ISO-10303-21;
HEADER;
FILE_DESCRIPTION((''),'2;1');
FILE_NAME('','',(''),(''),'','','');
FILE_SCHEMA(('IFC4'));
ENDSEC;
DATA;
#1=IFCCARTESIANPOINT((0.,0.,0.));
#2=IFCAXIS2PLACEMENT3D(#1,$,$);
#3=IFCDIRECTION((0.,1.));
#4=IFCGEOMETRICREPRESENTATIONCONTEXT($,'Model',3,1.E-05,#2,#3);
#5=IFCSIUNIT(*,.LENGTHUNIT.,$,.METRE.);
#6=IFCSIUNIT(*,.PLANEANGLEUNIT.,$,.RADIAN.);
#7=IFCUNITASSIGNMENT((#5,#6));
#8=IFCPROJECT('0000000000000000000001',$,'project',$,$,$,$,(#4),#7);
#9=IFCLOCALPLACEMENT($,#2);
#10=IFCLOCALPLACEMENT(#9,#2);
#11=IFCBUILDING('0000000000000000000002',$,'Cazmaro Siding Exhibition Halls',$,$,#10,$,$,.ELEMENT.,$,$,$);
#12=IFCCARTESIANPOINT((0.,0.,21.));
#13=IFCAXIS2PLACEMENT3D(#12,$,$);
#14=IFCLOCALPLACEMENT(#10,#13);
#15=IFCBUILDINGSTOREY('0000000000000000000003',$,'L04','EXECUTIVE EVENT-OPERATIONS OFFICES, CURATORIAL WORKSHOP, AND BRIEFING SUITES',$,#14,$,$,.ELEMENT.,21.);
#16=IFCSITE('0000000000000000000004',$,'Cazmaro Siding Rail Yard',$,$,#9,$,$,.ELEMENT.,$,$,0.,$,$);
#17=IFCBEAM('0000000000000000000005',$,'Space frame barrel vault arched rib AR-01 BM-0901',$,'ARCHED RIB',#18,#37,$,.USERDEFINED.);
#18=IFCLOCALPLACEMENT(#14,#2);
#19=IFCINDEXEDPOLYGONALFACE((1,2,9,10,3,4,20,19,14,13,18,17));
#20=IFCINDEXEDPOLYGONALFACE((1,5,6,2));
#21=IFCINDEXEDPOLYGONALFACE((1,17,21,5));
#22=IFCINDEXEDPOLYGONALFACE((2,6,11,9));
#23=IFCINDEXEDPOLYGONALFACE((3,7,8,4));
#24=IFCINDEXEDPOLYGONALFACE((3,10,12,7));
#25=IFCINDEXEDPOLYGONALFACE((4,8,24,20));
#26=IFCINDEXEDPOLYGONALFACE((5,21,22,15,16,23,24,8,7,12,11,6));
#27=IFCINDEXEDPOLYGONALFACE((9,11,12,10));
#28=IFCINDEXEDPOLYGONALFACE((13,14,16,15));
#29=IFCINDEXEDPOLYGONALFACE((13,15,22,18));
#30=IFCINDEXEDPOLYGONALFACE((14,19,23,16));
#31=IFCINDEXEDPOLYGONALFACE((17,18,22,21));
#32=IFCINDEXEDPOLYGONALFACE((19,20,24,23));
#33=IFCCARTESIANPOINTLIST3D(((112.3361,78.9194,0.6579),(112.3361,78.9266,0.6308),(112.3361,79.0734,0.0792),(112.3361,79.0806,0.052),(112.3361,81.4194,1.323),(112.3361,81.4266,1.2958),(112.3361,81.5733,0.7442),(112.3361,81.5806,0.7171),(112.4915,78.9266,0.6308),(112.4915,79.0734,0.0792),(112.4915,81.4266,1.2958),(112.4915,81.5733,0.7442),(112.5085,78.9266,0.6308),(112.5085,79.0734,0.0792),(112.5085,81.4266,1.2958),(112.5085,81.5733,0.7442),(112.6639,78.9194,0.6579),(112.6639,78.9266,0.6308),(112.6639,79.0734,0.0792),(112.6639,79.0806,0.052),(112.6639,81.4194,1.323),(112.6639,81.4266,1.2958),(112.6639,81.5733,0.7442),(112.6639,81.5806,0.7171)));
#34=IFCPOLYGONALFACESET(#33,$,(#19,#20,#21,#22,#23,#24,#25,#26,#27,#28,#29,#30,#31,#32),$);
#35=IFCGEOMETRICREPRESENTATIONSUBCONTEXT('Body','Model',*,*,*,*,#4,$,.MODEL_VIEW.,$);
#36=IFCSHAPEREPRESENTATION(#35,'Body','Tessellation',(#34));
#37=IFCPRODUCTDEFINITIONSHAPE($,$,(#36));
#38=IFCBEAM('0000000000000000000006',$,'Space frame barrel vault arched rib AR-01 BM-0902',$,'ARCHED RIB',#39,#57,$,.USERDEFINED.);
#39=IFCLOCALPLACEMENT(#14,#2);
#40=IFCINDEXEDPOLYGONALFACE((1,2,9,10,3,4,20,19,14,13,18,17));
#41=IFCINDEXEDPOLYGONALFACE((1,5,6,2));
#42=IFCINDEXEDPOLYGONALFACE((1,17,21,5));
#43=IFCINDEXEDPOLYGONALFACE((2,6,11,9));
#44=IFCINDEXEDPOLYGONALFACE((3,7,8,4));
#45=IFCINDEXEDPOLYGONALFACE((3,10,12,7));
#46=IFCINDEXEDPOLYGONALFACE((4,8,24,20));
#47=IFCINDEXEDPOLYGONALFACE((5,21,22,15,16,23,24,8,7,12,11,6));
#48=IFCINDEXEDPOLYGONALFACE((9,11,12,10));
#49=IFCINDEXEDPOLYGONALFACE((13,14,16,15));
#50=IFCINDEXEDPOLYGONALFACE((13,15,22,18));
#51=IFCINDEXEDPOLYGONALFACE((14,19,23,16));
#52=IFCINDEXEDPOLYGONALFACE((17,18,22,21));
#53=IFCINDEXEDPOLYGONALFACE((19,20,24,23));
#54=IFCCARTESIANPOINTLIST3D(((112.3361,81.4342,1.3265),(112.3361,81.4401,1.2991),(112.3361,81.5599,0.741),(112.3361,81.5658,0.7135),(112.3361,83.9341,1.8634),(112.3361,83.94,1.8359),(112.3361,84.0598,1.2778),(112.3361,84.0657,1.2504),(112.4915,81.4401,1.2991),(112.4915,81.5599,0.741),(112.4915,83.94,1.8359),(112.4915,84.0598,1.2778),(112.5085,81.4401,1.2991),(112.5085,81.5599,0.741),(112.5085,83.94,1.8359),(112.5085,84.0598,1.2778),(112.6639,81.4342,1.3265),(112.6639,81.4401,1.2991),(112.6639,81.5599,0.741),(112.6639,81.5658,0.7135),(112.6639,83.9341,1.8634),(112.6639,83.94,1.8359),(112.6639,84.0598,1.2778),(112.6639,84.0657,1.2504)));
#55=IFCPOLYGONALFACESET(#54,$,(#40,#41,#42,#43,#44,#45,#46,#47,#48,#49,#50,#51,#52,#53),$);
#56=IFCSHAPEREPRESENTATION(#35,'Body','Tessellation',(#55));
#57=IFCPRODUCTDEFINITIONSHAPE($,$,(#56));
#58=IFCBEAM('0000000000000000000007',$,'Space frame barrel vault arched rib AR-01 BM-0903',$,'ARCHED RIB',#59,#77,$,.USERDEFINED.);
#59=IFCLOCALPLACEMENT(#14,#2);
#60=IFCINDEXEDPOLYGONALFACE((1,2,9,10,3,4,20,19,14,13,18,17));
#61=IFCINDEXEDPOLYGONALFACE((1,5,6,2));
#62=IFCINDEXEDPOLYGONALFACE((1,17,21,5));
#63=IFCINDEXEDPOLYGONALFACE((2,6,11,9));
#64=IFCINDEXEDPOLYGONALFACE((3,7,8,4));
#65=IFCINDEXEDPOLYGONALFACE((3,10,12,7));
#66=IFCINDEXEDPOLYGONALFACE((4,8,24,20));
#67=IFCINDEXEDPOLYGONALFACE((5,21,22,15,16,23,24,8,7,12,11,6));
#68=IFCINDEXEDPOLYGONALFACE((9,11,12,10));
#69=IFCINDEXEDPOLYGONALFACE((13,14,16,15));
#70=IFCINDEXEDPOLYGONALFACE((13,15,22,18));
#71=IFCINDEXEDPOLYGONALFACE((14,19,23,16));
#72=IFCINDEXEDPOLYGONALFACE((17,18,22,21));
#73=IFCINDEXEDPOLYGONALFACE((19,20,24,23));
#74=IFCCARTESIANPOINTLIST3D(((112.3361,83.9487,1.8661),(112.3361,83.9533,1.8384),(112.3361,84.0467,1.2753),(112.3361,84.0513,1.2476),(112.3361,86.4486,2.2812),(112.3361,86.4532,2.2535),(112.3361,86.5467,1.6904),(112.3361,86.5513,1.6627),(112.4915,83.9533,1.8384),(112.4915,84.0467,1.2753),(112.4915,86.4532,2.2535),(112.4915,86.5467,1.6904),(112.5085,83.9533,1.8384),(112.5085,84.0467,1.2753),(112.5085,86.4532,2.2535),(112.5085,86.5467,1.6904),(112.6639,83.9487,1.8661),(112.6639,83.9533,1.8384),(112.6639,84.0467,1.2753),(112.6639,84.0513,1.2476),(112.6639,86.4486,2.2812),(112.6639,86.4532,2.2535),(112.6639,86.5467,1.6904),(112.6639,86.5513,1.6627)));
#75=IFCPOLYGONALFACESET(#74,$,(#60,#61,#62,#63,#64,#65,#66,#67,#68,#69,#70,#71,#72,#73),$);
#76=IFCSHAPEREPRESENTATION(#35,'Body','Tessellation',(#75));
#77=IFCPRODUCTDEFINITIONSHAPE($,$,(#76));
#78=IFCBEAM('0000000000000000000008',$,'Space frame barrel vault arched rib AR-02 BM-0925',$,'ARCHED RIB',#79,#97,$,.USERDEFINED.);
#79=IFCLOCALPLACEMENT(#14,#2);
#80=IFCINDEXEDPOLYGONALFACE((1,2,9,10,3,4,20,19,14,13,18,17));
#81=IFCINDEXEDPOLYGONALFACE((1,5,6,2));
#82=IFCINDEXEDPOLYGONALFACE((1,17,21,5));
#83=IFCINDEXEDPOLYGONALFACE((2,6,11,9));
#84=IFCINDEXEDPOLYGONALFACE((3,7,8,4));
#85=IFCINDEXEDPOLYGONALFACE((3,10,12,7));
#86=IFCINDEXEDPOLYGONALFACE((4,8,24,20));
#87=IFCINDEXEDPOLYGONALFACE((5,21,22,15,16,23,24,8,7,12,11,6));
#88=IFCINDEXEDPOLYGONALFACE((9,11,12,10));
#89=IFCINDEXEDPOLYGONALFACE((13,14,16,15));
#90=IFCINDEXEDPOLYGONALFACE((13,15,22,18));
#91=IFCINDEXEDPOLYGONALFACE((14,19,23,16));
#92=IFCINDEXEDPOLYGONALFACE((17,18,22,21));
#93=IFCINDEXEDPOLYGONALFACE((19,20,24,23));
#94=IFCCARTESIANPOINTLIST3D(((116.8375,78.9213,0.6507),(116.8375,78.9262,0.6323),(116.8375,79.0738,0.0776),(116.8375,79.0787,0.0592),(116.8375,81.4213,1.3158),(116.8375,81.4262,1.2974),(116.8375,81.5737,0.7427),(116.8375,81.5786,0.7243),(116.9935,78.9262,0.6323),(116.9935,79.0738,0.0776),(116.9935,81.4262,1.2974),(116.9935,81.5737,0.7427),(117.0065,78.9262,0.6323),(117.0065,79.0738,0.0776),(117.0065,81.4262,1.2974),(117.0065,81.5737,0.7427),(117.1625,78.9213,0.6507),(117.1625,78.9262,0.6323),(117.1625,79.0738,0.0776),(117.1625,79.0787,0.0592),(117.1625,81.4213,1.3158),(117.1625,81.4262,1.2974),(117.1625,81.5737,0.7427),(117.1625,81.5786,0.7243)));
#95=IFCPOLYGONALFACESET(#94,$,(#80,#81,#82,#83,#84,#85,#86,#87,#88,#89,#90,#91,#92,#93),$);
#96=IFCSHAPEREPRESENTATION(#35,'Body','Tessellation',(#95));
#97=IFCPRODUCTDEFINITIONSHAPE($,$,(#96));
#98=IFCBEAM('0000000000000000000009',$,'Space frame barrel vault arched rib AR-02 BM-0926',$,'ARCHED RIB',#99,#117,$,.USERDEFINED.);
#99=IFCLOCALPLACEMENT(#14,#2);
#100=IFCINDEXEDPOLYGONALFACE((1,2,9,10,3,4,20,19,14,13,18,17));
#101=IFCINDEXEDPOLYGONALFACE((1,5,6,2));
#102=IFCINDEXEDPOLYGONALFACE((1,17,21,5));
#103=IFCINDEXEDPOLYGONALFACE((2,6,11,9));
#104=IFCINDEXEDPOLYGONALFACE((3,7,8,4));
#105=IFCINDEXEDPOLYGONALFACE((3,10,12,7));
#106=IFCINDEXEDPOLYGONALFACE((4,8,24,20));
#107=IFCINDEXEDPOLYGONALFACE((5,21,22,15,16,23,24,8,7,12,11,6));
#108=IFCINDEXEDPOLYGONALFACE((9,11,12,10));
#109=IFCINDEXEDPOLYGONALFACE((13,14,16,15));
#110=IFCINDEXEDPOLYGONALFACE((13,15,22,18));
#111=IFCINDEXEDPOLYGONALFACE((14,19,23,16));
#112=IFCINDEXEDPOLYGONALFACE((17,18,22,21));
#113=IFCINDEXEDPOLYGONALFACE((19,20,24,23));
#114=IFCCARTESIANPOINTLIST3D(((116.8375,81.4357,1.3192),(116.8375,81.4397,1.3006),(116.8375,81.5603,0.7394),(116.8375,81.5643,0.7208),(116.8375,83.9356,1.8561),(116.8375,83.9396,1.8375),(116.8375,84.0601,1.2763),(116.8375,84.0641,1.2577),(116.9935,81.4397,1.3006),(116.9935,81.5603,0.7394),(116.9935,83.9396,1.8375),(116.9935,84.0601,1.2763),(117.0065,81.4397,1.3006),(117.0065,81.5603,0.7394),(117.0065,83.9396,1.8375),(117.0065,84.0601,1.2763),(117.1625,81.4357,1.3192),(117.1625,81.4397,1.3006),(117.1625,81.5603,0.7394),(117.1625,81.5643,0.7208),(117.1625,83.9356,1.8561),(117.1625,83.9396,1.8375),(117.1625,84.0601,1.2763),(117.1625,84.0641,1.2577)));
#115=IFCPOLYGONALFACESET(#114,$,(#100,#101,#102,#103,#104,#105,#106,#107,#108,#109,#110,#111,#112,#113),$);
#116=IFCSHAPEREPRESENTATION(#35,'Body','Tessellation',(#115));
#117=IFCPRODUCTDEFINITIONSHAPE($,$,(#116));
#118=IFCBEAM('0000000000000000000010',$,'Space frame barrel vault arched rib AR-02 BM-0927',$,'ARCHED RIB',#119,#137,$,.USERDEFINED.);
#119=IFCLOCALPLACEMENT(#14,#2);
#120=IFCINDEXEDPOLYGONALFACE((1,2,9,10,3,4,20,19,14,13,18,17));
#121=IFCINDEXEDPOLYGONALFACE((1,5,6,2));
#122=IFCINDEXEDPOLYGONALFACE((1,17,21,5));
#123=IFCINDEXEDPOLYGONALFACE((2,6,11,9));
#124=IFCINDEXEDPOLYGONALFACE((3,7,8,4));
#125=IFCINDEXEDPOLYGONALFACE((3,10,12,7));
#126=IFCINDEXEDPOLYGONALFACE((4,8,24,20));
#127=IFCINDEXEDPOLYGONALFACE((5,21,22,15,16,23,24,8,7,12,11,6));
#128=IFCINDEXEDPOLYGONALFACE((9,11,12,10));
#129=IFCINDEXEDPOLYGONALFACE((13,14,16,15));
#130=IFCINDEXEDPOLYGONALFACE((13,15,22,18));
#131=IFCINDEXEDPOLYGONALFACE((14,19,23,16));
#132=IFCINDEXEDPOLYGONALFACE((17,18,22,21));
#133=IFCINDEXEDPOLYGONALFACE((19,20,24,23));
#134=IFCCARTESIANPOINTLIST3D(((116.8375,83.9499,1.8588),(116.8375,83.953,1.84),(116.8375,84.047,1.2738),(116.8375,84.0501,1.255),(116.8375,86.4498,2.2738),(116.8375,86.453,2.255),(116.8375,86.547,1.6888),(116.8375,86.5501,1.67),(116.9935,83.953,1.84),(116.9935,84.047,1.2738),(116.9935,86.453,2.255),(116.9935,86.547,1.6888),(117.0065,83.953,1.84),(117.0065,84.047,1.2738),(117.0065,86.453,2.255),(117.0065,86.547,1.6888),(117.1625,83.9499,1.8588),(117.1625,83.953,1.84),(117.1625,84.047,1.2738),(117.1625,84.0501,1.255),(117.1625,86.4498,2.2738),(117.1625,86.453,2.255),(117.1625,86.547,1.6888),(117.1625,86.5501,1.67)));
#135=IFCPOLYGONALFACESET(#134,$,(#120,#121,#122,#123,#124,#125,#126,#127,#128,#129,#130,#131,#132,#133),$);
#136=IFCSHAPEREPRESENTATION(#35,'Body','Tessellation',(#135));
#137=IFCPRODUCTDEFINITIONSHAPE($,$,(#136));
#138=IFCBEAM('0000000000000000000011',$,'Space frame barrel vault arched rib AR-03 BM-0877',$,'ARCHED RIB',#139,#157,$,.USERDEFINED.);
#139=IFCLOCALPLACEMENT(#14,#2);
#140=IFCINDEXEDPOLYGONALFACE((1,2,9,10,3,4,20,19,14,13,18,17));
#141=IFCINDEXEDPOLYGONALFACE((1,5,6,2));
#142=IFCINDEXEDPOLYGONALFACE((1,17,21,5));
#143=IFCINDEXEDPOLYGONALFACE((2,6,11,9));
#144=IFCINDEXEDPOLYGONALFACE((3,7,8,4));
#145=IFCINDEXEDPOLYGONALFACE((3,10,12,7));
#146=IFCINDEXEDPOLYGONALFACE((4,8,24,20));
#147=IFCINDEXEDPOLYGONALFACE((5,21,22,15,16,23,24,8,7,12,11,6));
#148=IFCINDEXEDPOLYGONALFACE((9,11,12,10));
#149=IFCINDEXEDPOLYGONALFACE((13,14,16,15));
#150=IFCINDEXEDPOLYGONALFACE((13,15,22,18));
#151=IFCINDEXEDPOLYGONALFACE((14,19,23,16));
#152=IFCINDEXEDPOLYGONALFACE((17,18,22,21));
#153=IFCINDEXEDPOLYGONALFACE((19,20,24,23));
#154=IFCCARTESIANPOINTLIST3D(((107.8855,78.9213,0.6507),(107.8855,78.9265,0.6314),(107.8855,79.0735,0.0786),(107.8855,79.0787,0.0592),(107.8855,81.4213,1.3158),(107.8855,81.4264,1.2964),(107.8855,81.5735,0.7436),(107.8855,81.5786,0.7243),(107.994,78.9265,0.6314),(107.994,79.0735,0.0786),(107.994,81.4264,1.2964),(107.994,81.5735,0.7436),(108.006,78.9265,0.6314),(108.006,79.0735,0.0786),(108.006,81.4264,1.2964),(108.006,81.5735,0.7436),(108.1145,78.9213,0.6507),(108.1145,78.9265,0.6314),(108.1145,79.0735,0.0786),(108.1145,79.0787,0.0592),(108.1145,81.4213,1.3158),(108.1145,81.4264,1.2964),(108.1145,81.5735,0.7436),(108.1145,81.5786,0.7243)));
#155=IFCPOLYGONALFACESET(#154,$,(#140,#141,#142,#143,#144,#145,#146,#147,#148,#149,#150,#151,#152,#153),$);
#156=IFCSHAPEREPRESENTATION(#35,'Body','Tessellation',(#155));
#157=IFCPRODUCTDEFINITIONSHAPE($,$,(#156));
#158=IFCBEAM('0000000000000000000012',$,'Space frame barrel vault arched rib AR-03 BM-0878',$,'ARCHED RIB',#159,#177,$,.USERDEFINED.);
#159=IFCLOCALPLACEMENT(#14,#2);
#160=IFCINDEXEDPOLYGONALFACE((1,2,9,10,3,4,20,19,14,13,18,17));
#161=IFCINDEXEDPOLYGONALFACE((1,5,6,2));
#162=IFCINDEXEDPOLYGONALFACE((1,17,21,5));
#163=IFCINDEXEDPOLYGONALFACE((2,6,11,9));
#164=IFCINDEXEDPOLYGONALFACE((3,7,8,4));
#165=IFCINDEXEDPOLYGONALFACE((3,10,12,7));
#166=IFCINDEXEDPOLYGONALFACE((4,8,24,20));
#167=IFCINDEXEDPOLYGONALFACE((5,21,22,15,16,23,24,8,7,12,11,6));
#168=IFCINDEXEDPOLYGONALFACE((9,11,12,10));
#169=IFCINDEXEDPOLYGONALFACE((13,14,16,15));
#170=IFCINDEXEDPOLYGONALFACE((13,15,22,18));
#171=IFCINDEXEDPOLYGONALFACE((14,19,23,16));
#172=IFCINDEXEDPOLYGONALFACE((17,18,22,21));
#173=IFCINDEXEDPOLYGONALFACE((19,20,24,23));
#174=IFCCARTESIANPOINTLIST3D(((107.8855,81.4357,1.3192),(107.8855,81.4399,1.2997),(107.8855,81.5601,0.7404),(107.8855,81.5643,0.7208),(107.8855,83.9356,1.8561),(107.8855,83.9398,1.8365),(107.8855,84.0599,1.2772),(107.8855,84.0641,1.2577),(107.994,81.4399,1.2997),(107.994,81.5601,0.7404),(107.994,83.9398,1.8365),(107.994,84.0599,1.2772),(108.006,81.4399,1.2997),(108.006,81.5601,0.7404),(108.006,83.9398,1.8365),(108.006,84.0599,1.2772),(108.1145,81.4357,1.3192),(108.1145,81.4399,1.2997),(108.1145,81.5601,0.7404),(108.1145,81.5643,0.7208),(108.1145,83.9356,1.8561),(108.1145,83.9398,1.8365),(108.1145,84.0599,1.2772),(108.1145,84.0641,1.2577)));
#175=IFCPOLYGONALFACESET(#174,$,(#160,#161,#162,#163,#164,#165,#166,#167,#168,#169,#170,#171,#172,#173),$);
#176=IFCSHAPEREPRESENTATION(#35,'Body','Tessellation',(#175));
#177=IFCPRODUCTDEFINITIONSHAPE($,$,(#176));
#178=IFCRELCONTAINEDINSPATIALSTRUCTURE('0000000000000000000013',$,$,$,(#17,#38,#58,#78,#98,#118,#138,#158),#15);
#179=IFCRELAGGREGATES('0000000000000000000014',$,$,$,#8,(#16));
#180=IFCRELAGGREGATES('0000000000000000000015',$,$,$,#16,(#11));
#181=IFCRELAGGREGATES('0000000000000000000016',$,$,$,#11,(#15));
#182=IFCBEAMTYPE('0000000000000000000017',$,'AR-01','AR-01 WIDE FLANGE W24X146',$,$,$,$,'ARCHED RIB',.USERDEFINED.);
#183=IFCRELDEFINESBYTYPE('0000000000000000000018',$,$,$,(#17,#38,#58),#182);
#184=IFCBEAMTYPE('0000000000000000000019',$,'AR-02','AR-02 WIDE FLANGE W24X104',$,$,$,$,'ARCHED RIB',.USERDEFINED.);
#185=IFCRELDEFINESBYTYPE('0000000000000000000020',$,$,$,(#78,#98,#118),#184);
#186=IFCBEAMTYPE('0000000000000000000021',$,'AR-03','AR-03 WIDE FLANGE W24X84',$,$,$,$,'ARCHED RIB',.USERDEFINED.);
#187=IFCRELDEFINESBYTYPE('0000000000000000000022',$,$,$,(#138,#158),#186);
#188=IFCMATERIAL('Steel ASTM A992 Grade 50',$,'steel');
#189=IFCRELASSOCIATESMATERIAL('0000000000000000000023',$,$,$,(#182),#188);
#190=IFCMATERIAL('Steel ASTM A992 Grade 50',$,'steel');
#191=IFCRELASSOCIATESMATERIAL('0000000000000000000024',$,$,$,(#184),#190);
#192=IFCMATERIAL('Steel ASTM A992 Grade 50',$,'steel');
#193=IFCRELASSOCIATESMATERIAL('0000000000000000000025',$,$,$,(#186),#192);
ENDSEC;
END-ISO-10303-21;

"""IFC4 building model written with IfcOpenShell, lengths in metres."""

from ifc_helpers import new_model, si_unit, direction, frame, origin, origin_2d, place, context, subcontext, project, spatial, i_section, extrude, material, material_profile, profile_set, type_object, element, save


model = new_model("IFC4")

# Units and contexts
model_context = context("Model", 3, precision=1e-05, world=origin(), true_north=direction((0.0, 1.0)))
body_context = subcontext(model_context, "Body", "Model", "MODEL_VIEW")
ifc_project = project(units=[si_unit("LENGTHUNIT", "METRE"), si_unit("PLANEANGLEUNIT", "RADIAN")], contexts=[model_context])

# Site, building, storey
site_placement = place(None, origin())
site = spatial("IfcSite", under=ifc_project, at=site_placement, Name="Cazmaro Siding Rail Yard", CompositionType="ELEMENT", RefElevation=0.0)
building_placement = place(site_placement, origin())
building = spatial("IfcBuilding", under=site, at=building_placement, Name="Cazmaro Siding Exhibition Halls", CompositionType="ELEMENT")
storey_placement = place(building_placement, frame((0.0, 0.0, 21.0)))
storey = spatial("IfcBuildingStorey", under=building, at=storey_placement, Name="L04", Description="EXECUTIVE EVENT-OPERATIONS OFFICES, CURATORIAL WORKSHOP, AND BRIEFING SUITES", CompositionType="ELEMENT", Elevation=21.0)

# Beams
ifc_material_1 = material(Name="Steel ASTM A992 Grade 50", Category="steel")
ifc_material_profile_1 = material_profile(ifc_material_1, i_section(OverallWidth=0.3279, OverallDepth=0.627, WebThickness=0.0171, FlangeThickness=0.0281, at=origin_2d()), Name="W24X146")
ifc_profile_set_1 = profile_set([ifc_material_profile_1], Name="Steel ASTM A992 Grade 50")
beam_type_1 = type_object("IfcBeamType", Name="AR-01", Description="AR-01 WIDE FLANGE W24X146", ElementType="ARCHED RIB", PredefinedType="USERDEFINED", material=ifc_profile_set_1)
beam_1_placement = place(storey_placement, frame((112.5, 79.0, 0.355), z_axis=(0.0, 0.966391, 0.257075), x_axis=(-1.0, 0.0, 0.0)))
element("IfcBeam", 1, at=beam_1_placement, inside=storey, type_object=beam_type_1, Name="Space frame barrel vault arched rib AR-01 BM-0901", ObjectType="ARCHED RIB", PredefinedType="USERDEFINED", context=body_context, shape_type="SweptSolid", body=[
    extrude(i_section(OverallWidth=0.3279, OverallDepth=0.627, WebThickness=0.0171, FlangeThickness=0.0281, at=origin_2d()), origin(), (0.0, 0.0, 1.0), 2.5869),
])
beam_2_placement = place(storey_placement, frame((112.5, 81.5, 1.02), z_axis=(0.0, 0.97771, 0.209959), x_axis=(-1.0, 0.0, 0.0)))
element("IfcBeam", 2, at=beam_2_placement, inside=storey, type_object=beam_type_1, Name="Space frame barrel vault arched rib AR-01 BM-0902", ObjectType="ARCHED RIB", PredefinedType="USERDEFINED", context=body_context, shape_type="SweptSolid", body=[
    extrude(i_section(OverallWidth=0.3279, OverallDepth=0.627, WebThickness=0.0171, FlangeThickness=0.0281, at=origin_2d()), origin(), (0.0, 0.0, 1.0), 2.5569),
])
beam_3_placement = place(storey_placement, frame((112.5, 84.0, 1.5569), z_axis=(0.0, 0.986498, 0.163774), x_axis=(-1.0, 0.0, 0.0)))
element("IfcBeam", 3, at=beam_3_placement, inside=storey, type_object=beam_type_1, Name="Space frame barrel vault arched rib AR-01 BM-0903", ObjectType="ARCHED RIB", PredefinedType="USERDEFINED", context=body_context, shape_type="SweptSolid", body=[
    extrude(i_section(OverallWidth=0.3279, OverallDepth=0.627, WebThickness=0.0171, FlangeThickness=0.0281, at=origin_2d()), origin(), (0.0, 0.0, 1.0), 2.5342),
])
ifc_material_2 = material(Name="Steel ASTM A992 Grade 50", Category="steel")
ifc_material_profile_2 = material_profile(ifc_material_2, i_section(OverallWidth=0.325, OverallDepth=0.6121, WebThickness=0.0129, FlangeThickness=0.019, at=origin_2d()), Name="W24X104")
ifc_profile_set_2 = profile_set([ifc_material_profile_2], Name="Steel ASTM A992 Grade 50")
beam_type_2 = type_object("IfcBeamType", Name="AR-02", Description="AR-02 WIDE FLANGE W24X104", ElementType="ARCHED RIB", PredefinedType="USERDEFINED", material=ifc_profile_set_2)
beam_4_placement = place(storey_placement, frame((117.0, 79.0, 0.355), z_axis=(0.0, 0.966391, 0.257075), x_axis=(-1.0, 0.0, 0.0)))
element("IfcBeam", 4, at=beam_4_placement, inside=storey, type_object=beam_type_2, Name="Space frame barrel vault arched rib AR-02 BM-0925", ObjectType="ARCHED RIB", PredefinedType="USERDEFINED", context=body_context, shape_type="SweptSolid", body=[
    extrude(i_section(OverallWidth=0.325, OverallDepth=0.6121, WebThickness=0.0129, FlangeThickness=0.019, at=origin_2d()), origin(), (0.0, 0.0, 1.0), 2.5869),
])
beam_5_placement = place(storey_placement, frame((117.0, 81.5, 1.02), z_axis=(0.0, 0.97771, 0.209959), x_axis=(-1.0, 0.0, 0.0)))
element("IfcBeam", 5, at=beam_5_placement, inside=storey, type_object=beam_type_2, Name="Space frame barrel vault arched rib AR-02 BM-0926", ObjectType="ARCHED RIB", PredefinedType="USERDEFINED", context=body_context, shape_type="SweptSolid", body=[
    extrude(i_section(OverallWidth=0.325, OverallDepth=0.6121, WebThickness=0.0129, FlangeThickness=0.019, at=origin_2d()), origin(), (0.0, 0.0, 1.0), 2.5569),
])
beam_6_placement = place(storey_placement, frame((117.0, 84.0, 1.5569), z_axis=(0.0, 0.986498, 0.163774), x_axis=(-1.0, 0.0, 0.0)))
element("IfcBeam", 6, at=beam_6_placement, inside=storey, type_object=beam_type_2, Name="Space frame barrel vault arched rib AR-02 BM-0927", ObjectType="ARCHED RIB", PredefinedType="USERDEFINED", context=body_context, shape_type="SweptSolid", body=[
    extrude(i_section(OverallWidth=0.325, OverallDepth=0.6121, WebThickness=0.0129, FlangeThickness=0.019, at=origin_2d()), origin(), (0.0, 0.0, 1.0), 2.5342),
])
ifc_material_3 = material(Name="Steel ASTM A992 Grade 50", Category="steel")
ifc_material_profile_3 = material_profile(ifc_material_3, i_section(OverallWidth=0.229, OverallDepth=0.6121, WebThickness=0.012, FlangeThickness=0.02, at=origin_2d()), Name="W24X84")
ifc_profile_set_3 = profile_set([ifc_material_profile_3], Name="Steel ASTM A992 Grade 50")
beam_type_3 = type_object("IfcBeamType", Name="AR-03", Description="AR-03 WIDE FLANGE W24X84", ElementType="ARCHED RIB", PredefinedType="USERDEFINED", material=ifc_profile_set_3)
beam_7_placement = place(storey_placement, frame((108.0, 79.0, 0.355), z_axis=(0.0, 0.966391, 0.257075), x_axis=(-1.0, 0.0, 0.0)))
element("IfcBeam", 7, at=beam_7_placement, inside=storey, type_object=beam_type_3, Name="Space frame barrel vault arched rib AR-03 BM-0877", ObjectType="ARCHED RIB", PredefinedType="USERDEFINED", context=body_context, shape_type="SweptSolid", body=[
    extrude(i_section(OverallWidth=0.229, OverallDepth=0.6121, WebThickness=0.012, FlangeThickness=0.02, at=origin_2d()), origin(), (0.0, 0.0, 1.0), 2.5869),
])
beam_8_placement = place(storey_placement, frame((108.0, 81.5, 1.02), z_axis=(0.0, 0.97771, 0.209959), x_axis=(-1.0, 0.0, 0.0)))
element("IfcBeam", 8, at=beam_8_placement, inside=storey, type_object=beam_type_3, Name="Space frame barrel vault arched rib AR-03 BM-0878", ObjectType="ARCHED RIB", PredefinedType="USERDEFINED", context=body_context, shape_type="SweptSolid", body=[
    extrude(i_section(OverallWidth=0.229, OverallDepth=0.6121, WebThickness=0.012, FlangeThickness=0.02, at=origin_2d()), origin(), (0.0, 0.0, 1.0), 2.5569),
])

save(model, "model.ifc")
